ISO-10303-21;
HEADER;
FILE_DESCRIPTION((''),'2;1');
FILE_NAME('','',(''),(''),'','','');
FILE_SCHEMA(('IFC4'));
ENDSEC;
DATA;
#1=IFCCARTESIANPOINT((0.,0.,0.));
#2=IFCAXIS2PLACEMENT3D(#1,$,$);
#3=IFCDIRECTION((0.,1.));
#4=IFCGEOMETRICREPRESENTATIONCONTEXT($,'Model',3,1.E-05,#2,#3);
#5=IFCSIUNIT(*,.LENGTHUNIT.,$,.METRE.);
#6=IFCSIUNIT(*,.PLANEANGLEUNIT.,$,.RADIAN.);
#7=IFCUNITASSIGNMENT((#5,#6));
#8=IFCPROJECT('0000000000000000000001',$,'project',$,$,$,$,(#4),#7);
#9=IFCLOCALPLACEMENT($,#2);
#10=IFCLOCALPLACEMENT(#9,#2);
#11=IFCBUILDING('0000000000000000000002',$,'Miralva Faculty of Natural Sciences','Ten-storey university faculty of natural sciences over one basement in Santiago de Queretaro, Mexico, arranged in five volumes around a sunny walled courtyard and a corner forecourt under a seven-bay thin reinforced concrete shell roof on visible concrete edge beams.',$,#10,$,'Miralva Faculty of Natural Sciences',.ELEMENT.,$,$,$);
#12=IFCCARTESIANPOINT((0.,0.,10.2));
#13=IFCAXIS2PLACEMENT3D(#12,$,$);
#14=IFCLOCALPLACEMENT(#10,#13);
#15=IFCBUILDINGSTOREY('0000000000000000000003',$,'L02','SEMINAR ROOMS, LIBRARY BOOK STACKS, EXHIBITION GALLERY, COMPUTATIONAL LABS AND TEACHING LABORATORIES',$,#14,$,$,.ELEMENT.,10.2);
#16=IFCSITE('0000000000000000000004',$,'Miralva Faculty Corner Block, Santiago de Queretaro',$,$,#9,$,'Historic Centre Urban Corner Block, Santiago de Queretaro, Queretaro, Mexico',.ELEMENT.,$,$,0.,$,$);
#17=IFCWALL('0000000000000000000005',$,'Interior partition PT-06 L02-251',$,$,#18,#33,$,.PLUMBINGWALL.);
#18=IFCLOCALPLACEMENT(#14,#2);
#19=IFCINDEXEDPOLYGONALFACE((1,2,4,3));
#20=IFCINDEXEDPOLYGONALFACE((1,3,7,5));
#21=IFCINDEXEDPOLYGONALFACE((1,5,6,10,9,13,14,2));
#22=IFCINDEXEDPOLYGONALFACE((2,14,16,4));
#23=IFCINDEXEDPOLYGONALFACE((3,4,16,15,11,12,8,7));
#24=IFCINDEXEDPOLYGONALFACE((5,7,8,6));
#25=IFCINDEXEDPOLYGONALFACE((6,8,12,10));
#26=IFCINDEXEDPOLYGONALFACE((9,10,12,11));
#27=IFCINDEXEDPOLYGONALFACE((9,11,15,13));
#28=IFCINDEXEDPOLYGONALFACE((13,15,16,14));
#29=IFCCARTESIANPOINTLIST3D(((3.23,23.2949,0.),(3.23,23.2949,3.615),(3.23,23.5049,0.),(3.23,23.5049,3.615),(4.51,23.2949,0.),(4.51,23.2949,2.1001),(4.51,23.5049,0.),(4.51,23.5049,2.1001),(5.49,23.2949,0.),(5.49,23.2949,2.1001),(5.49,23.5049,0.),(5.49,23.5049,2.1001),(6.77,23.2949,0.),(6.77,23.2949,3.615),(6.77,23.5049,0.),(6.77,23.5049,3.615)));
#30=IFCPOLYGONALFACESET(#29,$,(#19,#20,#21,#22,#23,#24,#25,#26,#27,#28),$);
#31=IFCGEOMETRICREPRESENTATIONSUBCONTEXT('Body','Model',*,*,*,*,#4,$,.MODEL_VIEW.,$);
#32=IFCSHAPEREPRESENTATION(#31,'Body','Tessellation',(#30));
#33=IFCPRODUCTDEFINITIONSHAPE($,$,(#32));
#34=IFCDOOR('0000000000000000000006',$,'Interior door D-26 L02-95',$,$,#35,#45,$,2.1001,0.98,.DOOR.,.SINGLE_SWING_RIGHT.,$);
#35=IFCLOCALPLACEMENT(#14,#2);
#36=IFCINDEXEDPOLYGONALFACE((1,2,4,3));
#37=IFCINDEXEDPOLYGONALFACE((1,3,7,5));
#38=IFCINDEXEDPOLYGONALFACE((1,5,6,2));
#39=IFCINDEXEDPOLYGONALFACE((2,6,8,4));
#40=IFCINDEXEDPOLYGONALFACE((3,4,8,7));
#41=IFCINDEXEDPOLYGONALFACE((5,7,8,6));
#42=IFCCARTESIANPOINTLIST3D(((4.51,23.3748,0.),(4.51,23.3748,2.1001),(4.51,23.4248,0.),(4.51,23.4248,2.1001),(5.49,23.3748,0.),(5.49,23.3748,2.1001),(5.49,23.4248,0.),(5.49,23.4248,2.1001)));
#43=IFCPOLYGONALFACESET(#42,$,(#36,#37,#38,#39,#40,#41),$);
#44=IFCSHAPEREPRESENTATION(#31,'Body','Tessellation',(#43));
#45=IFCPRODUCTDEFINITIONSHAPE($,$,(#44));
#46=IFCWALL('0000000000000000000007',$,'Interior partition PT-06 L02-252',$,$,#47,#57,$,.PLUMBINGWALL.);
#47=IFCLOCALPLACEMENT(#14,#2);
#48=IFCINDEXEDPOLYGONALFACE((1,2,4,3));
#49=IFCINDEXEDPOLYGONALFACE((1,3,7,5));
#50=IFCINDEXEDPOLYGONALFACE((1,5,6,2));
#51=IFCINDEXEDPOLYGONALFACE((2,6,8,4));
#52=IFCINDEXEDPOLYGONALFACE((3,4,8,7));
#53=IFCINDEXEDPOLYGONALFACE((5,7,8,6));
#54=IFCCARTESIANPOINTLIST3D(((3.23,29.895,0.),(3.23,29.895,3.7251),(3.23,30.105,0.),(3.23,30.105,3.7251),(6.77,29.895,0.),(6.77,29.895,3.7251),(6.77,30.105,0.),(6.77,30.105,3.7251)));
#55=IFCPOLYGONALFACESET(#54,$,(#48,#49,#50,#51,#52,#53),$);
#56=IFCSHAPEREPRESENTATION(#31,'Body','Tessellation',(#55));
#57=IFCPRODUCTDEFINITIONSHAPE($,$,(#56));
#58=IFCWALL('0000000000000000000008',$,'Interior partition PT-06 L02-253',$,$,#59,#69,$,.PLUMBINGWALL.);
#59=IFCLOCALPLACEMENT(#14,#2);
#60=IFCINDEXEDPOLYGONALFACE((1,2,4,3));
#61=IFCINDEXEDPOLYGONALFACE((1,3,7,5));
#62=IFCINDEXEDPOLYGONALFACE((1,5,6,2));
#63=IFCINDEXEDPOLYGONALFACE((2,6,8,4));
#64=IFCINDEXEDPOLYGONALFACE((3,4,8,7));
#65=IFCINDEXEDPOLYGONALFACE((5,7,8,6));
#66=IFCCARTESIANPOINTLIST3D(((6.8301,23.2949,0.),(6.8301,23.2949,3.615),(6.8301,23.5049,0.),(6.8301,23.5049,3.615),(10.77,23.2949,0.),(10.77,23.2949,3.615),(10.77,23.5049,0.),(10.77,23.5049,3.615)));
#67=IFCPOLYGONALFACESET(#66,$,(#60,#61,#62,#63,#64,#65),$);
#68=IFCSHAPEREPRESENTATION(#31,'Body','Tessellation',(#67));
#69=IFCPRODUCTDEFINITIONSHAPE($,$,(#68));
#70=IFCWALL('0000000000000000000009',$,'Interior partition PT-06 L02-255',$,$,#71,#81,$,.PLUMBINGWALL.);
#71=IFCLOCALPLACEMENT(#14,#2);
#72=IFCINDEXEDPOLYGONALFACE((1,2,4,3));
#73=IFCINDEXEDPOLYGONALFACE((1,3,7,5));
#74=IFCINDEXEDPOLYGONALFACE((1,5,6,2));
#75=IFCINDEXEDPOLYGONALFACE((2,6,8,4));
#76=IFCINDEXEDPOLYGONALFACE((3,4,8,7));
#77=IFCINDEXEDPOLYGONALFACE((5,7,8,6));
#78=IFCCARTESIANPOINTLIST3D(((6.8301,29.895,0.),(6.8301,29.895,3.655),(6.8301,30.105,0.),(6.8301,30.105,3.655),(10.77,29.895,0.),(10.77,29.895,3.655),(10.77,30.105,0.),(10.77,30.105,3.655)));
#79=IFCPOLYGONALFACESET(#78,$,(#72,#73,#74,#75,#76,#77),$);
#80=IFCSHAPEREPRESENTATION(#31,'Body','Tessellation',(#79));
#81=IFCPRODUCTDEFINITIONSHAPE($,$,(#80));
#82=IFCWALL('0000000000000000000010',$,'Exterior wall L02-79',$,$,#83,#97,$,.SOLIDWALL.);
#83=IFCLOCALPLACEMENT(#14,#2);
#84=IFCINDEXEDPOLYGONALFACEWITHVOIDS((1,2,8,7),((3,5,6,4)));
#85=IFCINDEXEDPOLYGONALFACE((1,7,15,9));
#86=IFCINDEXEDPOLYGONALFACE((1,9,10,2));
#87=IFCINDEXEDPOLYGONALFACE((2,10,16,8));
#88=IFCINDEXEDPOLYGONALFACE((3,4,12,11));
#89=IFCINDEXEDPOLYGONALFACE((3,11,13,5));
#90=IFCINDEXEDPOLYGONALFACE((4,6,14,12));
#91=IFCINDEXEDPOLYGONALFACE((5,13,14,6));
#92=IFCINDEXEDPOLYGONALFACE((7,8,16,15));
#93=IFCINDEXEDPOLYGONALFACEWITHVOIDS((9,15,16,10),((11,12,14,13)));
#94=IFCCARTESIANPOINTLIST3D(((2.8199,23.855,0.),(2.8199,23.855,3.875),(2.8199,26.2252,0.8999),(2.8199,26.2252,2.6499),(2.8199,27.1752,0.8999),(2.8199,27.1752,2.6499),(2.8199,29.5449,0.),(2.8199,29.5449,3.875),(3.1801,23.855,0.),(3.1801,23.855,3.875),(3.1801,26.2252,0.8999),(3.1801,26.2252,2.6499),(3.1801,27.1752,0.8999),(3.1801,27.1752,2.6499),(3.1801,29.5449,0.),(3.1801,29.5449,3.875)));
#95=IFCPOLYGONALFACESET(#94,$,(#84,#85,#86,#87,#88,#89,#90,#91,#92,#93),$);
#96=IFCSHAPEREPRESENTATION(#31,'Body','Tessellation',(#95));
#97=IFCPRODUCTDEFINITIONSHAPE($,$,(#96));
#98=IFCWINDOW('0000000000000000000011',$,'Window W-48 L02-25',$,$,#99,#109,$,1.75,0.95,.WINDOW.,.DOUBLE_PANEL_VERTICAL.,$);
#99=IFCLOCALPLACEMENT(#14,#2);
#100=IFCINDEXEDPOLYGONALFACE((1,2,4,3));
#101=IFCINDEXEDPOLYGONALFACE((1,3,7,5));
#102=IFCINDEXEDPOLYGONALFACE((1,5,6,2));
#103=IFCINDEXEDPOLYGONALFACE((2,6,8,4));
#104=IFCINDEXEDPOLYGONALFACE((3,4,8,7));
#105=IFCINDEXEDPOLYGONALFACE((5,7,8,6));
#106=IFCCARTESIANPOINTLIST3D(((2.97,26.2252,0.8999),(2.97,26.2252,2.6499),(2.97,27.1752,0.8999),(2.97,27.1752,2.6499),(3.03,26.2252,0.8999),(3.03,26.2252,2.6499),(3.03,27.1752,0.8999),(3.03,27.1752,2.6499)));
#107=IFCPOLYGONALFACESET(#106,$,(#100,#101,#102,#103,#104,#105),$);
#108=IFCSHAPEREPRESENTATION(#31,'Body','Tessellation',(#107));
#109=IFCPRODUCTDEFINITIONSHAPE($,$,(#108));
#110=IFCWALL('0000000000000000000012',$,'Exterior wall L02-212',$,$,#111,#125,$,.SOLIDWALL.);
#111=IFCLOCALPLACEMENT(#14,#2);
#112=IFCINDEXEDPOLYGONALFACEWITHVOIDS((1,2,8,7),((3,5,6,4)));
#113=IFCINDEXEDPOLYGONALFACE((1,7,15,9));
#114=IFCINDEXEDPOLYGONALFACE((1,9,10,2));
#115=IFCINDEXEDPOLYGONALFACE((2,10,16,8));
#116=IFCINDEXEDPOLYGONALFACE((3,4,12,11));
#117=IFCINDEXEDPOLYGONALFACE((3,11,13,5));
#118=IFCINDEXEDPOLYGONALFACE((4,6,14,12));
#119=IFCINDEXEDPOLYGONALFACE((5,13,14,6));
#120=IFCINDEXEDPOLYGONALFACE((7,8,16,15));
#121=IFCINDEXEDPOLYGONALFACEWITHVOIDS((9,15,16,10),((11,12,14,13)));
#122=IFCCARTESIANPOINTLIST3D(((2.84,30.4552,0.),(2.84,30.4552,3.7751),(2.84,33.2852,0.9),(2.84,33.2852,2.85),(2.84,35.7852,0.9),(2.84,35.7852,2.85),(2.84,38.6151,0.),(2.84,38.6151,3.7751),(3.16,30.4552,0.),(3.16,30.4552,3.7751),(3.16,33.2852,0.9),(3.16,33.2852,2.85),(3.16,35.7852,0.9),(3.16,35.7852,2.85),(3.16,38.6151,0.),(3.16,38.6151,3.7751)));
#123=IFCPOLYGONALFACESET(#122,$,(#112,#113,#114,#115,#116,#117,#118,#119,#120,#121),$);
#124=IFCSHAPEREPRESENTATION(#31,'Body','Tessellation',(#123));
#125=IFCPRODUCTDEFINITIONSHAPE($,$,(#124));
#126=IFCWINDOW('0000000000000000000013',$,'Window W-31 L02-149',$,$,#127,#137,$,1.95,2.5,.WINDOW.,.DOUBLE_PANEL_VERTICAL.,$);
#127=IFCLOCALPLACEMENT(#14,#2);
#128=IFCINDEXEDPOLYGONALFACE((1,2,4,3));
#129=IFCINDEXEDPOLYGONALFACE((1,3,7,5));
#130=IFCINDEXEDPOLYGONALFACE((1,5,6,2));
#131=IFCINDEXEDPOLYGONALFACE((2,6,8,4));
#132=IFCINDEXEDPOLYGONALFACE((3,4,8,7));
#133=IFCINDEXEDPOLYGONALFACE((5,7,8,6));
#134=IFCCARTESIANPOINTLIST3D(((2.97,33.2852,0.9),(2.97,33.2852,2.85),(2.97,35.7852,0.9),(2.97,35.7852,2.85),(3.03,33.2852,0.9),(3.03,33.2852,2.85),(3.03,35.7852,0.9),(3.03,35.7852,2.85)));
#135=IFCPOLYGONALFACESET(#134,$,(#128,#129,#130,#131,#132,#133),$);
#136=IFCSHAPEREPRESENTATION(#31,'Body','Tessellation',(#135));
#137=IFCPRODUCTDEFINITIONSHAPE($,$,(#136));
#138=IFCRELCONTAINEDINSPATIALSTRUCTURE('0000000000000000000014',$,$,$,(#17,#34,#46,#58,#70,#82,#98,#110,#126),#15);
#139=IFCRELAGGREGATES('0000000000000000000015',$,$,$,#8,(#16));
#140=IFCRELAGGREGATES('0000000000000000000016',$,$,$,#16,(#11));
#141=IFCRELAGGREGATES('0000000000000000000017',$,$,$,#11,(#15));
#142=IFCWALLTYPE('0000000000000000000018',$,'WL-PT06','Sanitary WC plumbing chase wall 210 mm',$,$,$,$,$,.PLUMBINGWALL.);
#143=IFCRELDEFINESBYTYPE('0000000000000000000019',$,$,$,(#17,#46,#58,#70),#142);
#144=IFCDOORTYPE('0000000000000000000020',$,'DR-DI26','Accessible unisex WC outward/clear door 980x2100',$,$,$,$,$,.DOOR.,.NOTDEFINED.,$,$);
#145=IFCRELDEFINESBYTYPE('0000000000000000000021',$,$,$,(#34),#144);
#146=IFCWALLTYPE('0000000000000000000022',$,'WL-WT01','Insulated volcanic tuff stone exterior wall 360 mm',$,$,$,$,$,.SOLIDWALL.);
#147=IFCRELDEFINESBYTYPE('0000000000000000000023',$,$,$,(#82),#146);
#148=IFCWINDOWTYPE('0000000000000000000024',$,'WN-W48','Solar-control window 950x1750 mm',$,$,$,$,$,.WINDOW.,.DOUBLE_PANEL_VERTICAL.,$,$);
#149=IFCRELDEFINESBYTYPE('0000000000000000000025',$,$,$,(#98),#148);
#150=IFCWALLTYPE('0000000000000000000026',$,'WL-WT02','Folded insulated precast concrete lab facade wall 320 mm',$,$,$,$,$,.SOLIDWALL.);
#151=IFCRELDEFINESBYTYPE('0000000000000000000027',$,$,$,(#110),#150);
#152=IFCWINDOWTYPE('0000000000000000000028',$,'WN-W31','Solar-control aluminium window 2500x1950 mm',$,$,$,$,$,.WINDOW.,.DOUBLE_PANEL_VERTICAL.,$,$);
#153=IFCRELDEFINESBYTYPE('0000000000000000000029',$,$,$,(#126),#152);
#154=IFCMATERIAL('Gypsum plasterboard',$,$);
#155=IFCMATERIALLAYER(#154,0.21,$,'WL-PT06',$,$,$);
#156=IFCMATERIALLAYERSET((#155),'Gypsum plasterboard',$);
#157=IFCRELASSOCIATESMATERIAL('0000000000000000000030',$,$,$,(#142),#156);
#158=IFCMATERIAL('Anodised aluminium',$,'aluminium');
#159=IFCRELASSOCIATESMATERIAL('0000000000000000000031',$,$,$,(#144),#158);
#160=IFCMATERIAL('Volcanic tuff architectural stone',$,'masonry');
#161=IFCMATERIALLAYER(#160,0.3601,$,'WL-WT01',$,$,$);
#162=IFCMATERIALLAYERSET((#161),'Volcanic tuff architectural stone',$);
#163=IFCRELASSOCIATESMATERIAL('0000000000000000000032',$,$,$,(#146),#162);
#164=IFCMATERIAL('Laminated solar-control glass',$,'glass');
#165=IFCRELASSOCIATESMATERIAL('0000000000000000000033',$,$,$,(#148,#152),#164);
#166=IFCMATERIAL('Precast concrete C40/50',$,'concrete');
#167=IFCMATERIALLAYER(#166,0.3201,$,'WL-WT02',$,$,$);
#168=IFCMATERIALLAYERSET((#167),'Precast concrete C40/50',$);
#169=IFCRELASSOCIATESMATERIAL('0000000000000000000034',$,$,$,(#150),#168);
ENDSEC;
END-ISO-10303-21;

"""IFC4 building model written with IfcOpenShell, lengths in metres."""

from ifc_helpers import new_model, si_unit, direction, frame, frame_2d, origin, place, context, subcontext, project, spatial, rectangle, extrude, material, layer, layer_set, type_object, element, fill, save


model = new_model("IFC4")

# Units and contexts
model_context = context("Model", 3, precision=1e-05, world=origin(), true_north=direction((0.0, 1.0)))
body_context = subcontext(model_context, "Body", "Model", "MODEL_VIEW")
ifc_project = project(units=[si_unit("LENGTHUNIT", "METRE"), si_unit("PLANEANGLEUNIT", "RADIAN")], contexts=[model_context])

# Site, building, storey
site_placement = place(None, origin())
site = spatial("IfcSite", under=ifc_project, at=site_placement, Name="Miralva Faculty Corner Block, Santiago de Queretaro", LongName="Historic Centre Urban Corner Block, Santiago de Queretaro, Queretaro, Mexico", CompositionType="ELEMENT", RefElevation=0.0)
building_placement = place(site_placement, origin())
building = spatial("IfcBuilding", under=site, at=building_placement, Name="Miralva Faculty of Natural Sciences", Description="Ten-storey university faculty of natural sciences over one basement in Santiago de Queretaro, Mexico, arranged in five volumes around a sunny walled courtyard and a corner forecourt under a seven-bay thin reinforced concrete shell roof on visible concrete edge beams.", LongName="Miralva Faculty of Natural Sciences", CompositionType="ELEMENT")
storey_placement = place(building_placement, frame((0.0, 0.0, 10.2)))
storey = spatial("IfcBuildingStorey", under=building, at=storey_placement, Name="L02", Description="SEMINAR ROOMS, LIBRARY BOOK STACKS, EXHIBITION GALLERY, COMPUTATIONAL LABS AND TEACHING LABORATORIES", CompositionType="ELEMENT", Elevation=10.2)

# Shared definitions
ifc_material_1 = material(Name="Laminated solar-control glass", Category="glass")
ifc_material_2 = material(Name="Anodised aluminium", Category="aluminium")

# Shared definitions
ifc_material_3 = material(Name="Gypsum plasterboard")
ifc_layer_1 = layer(ifc_material_3, 0.21, Name="WL-PT06")
ifc_layer_set_1 = layer_set([ifc_layer_1], Name="Gypsum plasterboard")
wall_type_1 = type_object("IfcWallType", Name="WL-PT06", Description="Sanitary WC plumbing chase wall 210 mm", PredefinedType="PLUMBINGWALL", material=ifc_layer_set_1)

# Wall, opening, door
wall_1_placement = place(storey_placement, frame((3.23, 23.3999, 0.0), z_axis=(0.0, 0.0, 1.0), x_axis=(1.0, 0.0, 0.0)))
wall_1 = element("IfcWall", 1, at=wall_1_placement, inside=storey, type_object=wall_type_1, Name="Interior partition PT-06 L02-251", PredefinedType="PLUMBINGWALL", context=body_context, shape_type="SweptSolid", body=[
    extrude(rectangle(XDim=3.54, YDim=0.21, at=frame_2d((1.77, 0.0))), origin(), (0.0, 0.0, 1.0), 3.615),
])
opening_1_placement = place(wall_1_placement, frame((1.28, 0.0, 0.0)))
opening_1 = element("IfcOpeningElement", 2, at=opening_1_placement, cuts=wall_1, PredefinedType="OPENING", context=body_context, shape_type="SweptSolid", body=[
    extrude(rectangle(XDim=0.98, YDim=2.1001, at=frame_2d((0.49, 1.05))), frame((0.0, 0.115, 0.0), z_axis=(0.0, -1.0, 0.0), x_axis=(1.0, 0.0, 0.0)), (0.0, 0.0, 1.0), 0.23),
])
door_type = type_object("IfcDoorType", Name="DR-DI26", Description="Accessible unisex WC outward/clear door 980x2100", OperationType="NOTDEFINED", PredefinedType="DOOR", material=ifc_material_2)
door_placement = place(opening_1_placement, origin())
door = element("IfcDoor", 3, at=door_placement, inside=storey, type_object=door_type, Name="Interior door D-26 L02-95", OperationType="SINGLE_SWING_RIGHT", OverallHeight=2.1001, OverallWidth=0.98, PredefinedType="DOOR", context=body_context, shape_type="SweptSolid", body=[
    extrude(rectangle(XDim=0.98, YDim=2.1001, at=frame_2d((0.49, 1.05))), frame((0.0, 0.0249, 0.0), z_axis=(0.0, -1.0, 0.0), x_axis=(1.0, 0.0, 0.0)), (0.0, 0.0, 1.0), 0.05),
])
fill(opening_1, door)

# Walls
wall_2_placement = place(storey_placement, frame((3.23, 30.0, 0.0), z_axis=(0.0, 0.0, 1.0), x_axis=(1.0, 0.0, 0.0)))
element("IfcWall", 4, at=wall_2_placement, inside=storey, type_object=wall_type_1, Name="Interior partition PT-06 L02-252", PredefinedType="PLUMBINGWALL", context=body_context, shape_type="SweptSolid", body=[
    extrude(rectangle(XDim=3.54, YDim=0.21, at=frame_2d((1.77, 0.0))), origin(), (0.0, 0.0, 1.0), 3.7251),
])
wall_3_placement = place(storey_placement, frame((6.8301, 23.3999, 0.0), z_axis=(0.0, 0.0, 1.0), x_axis=(1.0, 0.0, 0.0)))
element("IfcWall", 5, at=wall_3_placement, inside=storey, type_object=wall_type_1, Name="Interior partition PT-06 L02-253", PredefinedType="PLUMBINGWALL", context=body_context, shape_type="SweptSolid", body=[
    extrude(rectangle(XDim=3.9399, YDim=0.21, at=frame_2d((1.97, 0.0))), origin(), (0.0, 0.0, 1.0), 3.615),
])
wall_4_placement = place(storey_placement, frame((6.8301, 30.0, 0.0), z_axis=(0.0, 0.0, 1.0), x_axis=(1.0, 0.0, 0.0)))
element("IfcWall", 6, at=wall_4_placement, inside=storey, type_object=wall_type_1, Name="Interior partition PT-06 L02-255", PredefinedType="PLUMBINGWALL", context=body_context, shape_type="SweptSolid", body=[
    extrude(rectangle(XDim=3.9399, YDim=0.21, at=frame_2d((1.97, 0.0))), origin(), (0.0, 0.0, 1.0), 3.655),
])

# Walls, openings, windows
ifc_material_4 = material(Name="Volcanic tuff architectural stone", Category="masonry")
ifc_layer_2 = layer(ifc_material_4, 0.3601, Name="WL-WT01")
ifc_layer_set_2 = layer_set([ifc_layer_2], Name="Volcanic tuff architectural stone")
wall_type_2 = type_object("IfcWallType", Name="WL-WT01", Description="Insulated volcanic tuff stone exterior wall 360 mm", PredefinedType="SOLIDWALL", material=ifc_layer_set_2)
wall_5_placement = place(storey_placement, frame((3.0, 23.855, 0.0), z_axis=(0.0, 0.0, 1.0), x_axis=(0.0, 1.0, 0.0)))
wall_5 = element("IfcWall", 7, at=wall_5_placement, inside=storey, type_object=wall_type_2, Name="Exterior wall L02-79", PredefinedType="SOLIDWALL", context=body_context, shape_type="SweptSolid", body=[
    extrude(rectangle(XDim=5.6899, YDim=0.3601, at=frame_2d((2.845, 0.0))), origin(), (0.0, 0.0, 1.0), 3.875),
])
opening_2_placement = place(wall_5_placement, frame((2.3701, 0.0, 0.8999)))
opening_2 = element("IfcOpeningElement", 8, at=opening_2_placement, cuts=wall_5, PredefinedType="OPENING", context=body_context, shape_type="SweptSolid", body=[
    extrude(rectangle(XDim=0.95, YDim=1.75, at=frame_2d((0.4751, 0.875))), frame((0.0, 0.1899, 0.0), z_axis=(0.0, -1.0, 0.0), x_axis=(1.0, 0.0, 0.0)), (0.0, 0.0, 1.0), 0.3801),
])
window_type_1 = type_object("IfcWindowType", Name="WN-W48", Description="Solar-control window 950x1750 mm", PartitioningType="DOUBLE_PANEL_VERTICAL", PredefinedType="WINDOW", material=ifc_material_1)
window_1_placement = place(opening_2_placement, origin())
window_1 = element("IfcWindow", 9, at=window_1_placement, inside=storey, type_object=window_type_1, Name="Window W-48 L02-25", OverallHeight=1.75, OverallWidth=0.95, PartitioningType="DOUBLE_PANEL_VERTICAL", PredefinedType="WINDOW", context=body_context, shape_type="SweptSolid", body=[
    extrude(rectangle(XDim=0.95, YDim=1.75, at=frame_2d((0.4751, 0.875))), frame((0.0, 0.03, 0.0), z_axis=(0.0, -1.0, 0.0), x_axis=(1.0, 0.0, 0.0)), (0.0, 0.0, 1.0), 0.0601),
])
fill(opening_2, window_1)
ifc_material_5 = material(Name="Precast concrete C40/50", Category="concrete")
ifc_layer_3 = layer(ifc_material_5, 0.3201, Name="WL-WT02")
ifc_layer_set_3 = layer_set([ifc_layer_3], Name="Precast concrete C40/50")
wall_type_3 = type_object("IfcWallType", Name="WL-WT02", Description="Folded insulated precast concrete lab facade wall 320 mm", PredefinedType="SOLIDWALL", material=ifc_layer_set_3)
wall_6_placement = place(storey_placement, frame((3.0, 30.4551, 0.0), z_axis=(0.0, 0.0, 1.0), x_axis=(0.0, 1.0, 0.0)))
wall_6 = element("IfcWall", 10, at=wall_6_placement, inside=storey, type_object=wall_type_3, Name="Exterior wall L02-212", PredefinedType="SOLIDWALL", context=body_context, shape_type="SweptSolid", body=[
    extrude(rectangle(XDim=8.1599, YDim=0.3201, at=frame_2d((4.0801, 0.0))), origin(), (0.0, 0.0, 1.0), 3.7751),
])
opening_3_placement = place(wall_6_placement, frame((2.8301, 0.0, 0.8999)))
opening_3 = element("IfcOpeningElement", 11, at=opening_3_placement, cuts=wall_6, PredefinedType="OPENING", context=body_context, shape_type="SweptSolid", body=[
    extrude(rectangle(XDim=2.5, YDim=1.95, at=frame_2d((1.25, 0.9751))), frame((0.0, 0.1699, 0.0), z_axis=(0.0, -1.0, 0.0), x_axis=(1.0, 0.0, 0.0)), (0.0, 0.0, 1.0), 0.3401),
])
window_type_2 = type_object("IfcWindowType", Name="WN-W31", Description="Solar-control aluminium window 2500x1950 mm", PartitioningType="DOUBLE_PANEL_VERTICAL", PredefinedType="WINDOW", material=ifc_material_1)
window_2_placement = place(opening_3_placement, origin())
window_2 = element("IfcWindow", 12, at=window_2_placement, inside=storey, type_object=window_type_2, Name="Window W-31 L02-149", OverallHeight=1.95, OverallWidth=2.5, PartitioningType="DOUBLE_PANEL_VERTICAL", PredefinedType="WINDOW", context=body_context, shape_type="SweptSolid", body=[
    extrude(rectangle(XDim=2.5, YDim=1.95, at=frame_2d((1.25, 0.9751))), frame((0.0, 0.03, 0.0), z_axis=(0.0, -1.0, 0.0), x_axis=(1.0, 0.0, 0.0)), (0.0, 0.0, 1.0), 0.0601),
])
fill(opening_3, window_2)

save(model, "model.ifc")
